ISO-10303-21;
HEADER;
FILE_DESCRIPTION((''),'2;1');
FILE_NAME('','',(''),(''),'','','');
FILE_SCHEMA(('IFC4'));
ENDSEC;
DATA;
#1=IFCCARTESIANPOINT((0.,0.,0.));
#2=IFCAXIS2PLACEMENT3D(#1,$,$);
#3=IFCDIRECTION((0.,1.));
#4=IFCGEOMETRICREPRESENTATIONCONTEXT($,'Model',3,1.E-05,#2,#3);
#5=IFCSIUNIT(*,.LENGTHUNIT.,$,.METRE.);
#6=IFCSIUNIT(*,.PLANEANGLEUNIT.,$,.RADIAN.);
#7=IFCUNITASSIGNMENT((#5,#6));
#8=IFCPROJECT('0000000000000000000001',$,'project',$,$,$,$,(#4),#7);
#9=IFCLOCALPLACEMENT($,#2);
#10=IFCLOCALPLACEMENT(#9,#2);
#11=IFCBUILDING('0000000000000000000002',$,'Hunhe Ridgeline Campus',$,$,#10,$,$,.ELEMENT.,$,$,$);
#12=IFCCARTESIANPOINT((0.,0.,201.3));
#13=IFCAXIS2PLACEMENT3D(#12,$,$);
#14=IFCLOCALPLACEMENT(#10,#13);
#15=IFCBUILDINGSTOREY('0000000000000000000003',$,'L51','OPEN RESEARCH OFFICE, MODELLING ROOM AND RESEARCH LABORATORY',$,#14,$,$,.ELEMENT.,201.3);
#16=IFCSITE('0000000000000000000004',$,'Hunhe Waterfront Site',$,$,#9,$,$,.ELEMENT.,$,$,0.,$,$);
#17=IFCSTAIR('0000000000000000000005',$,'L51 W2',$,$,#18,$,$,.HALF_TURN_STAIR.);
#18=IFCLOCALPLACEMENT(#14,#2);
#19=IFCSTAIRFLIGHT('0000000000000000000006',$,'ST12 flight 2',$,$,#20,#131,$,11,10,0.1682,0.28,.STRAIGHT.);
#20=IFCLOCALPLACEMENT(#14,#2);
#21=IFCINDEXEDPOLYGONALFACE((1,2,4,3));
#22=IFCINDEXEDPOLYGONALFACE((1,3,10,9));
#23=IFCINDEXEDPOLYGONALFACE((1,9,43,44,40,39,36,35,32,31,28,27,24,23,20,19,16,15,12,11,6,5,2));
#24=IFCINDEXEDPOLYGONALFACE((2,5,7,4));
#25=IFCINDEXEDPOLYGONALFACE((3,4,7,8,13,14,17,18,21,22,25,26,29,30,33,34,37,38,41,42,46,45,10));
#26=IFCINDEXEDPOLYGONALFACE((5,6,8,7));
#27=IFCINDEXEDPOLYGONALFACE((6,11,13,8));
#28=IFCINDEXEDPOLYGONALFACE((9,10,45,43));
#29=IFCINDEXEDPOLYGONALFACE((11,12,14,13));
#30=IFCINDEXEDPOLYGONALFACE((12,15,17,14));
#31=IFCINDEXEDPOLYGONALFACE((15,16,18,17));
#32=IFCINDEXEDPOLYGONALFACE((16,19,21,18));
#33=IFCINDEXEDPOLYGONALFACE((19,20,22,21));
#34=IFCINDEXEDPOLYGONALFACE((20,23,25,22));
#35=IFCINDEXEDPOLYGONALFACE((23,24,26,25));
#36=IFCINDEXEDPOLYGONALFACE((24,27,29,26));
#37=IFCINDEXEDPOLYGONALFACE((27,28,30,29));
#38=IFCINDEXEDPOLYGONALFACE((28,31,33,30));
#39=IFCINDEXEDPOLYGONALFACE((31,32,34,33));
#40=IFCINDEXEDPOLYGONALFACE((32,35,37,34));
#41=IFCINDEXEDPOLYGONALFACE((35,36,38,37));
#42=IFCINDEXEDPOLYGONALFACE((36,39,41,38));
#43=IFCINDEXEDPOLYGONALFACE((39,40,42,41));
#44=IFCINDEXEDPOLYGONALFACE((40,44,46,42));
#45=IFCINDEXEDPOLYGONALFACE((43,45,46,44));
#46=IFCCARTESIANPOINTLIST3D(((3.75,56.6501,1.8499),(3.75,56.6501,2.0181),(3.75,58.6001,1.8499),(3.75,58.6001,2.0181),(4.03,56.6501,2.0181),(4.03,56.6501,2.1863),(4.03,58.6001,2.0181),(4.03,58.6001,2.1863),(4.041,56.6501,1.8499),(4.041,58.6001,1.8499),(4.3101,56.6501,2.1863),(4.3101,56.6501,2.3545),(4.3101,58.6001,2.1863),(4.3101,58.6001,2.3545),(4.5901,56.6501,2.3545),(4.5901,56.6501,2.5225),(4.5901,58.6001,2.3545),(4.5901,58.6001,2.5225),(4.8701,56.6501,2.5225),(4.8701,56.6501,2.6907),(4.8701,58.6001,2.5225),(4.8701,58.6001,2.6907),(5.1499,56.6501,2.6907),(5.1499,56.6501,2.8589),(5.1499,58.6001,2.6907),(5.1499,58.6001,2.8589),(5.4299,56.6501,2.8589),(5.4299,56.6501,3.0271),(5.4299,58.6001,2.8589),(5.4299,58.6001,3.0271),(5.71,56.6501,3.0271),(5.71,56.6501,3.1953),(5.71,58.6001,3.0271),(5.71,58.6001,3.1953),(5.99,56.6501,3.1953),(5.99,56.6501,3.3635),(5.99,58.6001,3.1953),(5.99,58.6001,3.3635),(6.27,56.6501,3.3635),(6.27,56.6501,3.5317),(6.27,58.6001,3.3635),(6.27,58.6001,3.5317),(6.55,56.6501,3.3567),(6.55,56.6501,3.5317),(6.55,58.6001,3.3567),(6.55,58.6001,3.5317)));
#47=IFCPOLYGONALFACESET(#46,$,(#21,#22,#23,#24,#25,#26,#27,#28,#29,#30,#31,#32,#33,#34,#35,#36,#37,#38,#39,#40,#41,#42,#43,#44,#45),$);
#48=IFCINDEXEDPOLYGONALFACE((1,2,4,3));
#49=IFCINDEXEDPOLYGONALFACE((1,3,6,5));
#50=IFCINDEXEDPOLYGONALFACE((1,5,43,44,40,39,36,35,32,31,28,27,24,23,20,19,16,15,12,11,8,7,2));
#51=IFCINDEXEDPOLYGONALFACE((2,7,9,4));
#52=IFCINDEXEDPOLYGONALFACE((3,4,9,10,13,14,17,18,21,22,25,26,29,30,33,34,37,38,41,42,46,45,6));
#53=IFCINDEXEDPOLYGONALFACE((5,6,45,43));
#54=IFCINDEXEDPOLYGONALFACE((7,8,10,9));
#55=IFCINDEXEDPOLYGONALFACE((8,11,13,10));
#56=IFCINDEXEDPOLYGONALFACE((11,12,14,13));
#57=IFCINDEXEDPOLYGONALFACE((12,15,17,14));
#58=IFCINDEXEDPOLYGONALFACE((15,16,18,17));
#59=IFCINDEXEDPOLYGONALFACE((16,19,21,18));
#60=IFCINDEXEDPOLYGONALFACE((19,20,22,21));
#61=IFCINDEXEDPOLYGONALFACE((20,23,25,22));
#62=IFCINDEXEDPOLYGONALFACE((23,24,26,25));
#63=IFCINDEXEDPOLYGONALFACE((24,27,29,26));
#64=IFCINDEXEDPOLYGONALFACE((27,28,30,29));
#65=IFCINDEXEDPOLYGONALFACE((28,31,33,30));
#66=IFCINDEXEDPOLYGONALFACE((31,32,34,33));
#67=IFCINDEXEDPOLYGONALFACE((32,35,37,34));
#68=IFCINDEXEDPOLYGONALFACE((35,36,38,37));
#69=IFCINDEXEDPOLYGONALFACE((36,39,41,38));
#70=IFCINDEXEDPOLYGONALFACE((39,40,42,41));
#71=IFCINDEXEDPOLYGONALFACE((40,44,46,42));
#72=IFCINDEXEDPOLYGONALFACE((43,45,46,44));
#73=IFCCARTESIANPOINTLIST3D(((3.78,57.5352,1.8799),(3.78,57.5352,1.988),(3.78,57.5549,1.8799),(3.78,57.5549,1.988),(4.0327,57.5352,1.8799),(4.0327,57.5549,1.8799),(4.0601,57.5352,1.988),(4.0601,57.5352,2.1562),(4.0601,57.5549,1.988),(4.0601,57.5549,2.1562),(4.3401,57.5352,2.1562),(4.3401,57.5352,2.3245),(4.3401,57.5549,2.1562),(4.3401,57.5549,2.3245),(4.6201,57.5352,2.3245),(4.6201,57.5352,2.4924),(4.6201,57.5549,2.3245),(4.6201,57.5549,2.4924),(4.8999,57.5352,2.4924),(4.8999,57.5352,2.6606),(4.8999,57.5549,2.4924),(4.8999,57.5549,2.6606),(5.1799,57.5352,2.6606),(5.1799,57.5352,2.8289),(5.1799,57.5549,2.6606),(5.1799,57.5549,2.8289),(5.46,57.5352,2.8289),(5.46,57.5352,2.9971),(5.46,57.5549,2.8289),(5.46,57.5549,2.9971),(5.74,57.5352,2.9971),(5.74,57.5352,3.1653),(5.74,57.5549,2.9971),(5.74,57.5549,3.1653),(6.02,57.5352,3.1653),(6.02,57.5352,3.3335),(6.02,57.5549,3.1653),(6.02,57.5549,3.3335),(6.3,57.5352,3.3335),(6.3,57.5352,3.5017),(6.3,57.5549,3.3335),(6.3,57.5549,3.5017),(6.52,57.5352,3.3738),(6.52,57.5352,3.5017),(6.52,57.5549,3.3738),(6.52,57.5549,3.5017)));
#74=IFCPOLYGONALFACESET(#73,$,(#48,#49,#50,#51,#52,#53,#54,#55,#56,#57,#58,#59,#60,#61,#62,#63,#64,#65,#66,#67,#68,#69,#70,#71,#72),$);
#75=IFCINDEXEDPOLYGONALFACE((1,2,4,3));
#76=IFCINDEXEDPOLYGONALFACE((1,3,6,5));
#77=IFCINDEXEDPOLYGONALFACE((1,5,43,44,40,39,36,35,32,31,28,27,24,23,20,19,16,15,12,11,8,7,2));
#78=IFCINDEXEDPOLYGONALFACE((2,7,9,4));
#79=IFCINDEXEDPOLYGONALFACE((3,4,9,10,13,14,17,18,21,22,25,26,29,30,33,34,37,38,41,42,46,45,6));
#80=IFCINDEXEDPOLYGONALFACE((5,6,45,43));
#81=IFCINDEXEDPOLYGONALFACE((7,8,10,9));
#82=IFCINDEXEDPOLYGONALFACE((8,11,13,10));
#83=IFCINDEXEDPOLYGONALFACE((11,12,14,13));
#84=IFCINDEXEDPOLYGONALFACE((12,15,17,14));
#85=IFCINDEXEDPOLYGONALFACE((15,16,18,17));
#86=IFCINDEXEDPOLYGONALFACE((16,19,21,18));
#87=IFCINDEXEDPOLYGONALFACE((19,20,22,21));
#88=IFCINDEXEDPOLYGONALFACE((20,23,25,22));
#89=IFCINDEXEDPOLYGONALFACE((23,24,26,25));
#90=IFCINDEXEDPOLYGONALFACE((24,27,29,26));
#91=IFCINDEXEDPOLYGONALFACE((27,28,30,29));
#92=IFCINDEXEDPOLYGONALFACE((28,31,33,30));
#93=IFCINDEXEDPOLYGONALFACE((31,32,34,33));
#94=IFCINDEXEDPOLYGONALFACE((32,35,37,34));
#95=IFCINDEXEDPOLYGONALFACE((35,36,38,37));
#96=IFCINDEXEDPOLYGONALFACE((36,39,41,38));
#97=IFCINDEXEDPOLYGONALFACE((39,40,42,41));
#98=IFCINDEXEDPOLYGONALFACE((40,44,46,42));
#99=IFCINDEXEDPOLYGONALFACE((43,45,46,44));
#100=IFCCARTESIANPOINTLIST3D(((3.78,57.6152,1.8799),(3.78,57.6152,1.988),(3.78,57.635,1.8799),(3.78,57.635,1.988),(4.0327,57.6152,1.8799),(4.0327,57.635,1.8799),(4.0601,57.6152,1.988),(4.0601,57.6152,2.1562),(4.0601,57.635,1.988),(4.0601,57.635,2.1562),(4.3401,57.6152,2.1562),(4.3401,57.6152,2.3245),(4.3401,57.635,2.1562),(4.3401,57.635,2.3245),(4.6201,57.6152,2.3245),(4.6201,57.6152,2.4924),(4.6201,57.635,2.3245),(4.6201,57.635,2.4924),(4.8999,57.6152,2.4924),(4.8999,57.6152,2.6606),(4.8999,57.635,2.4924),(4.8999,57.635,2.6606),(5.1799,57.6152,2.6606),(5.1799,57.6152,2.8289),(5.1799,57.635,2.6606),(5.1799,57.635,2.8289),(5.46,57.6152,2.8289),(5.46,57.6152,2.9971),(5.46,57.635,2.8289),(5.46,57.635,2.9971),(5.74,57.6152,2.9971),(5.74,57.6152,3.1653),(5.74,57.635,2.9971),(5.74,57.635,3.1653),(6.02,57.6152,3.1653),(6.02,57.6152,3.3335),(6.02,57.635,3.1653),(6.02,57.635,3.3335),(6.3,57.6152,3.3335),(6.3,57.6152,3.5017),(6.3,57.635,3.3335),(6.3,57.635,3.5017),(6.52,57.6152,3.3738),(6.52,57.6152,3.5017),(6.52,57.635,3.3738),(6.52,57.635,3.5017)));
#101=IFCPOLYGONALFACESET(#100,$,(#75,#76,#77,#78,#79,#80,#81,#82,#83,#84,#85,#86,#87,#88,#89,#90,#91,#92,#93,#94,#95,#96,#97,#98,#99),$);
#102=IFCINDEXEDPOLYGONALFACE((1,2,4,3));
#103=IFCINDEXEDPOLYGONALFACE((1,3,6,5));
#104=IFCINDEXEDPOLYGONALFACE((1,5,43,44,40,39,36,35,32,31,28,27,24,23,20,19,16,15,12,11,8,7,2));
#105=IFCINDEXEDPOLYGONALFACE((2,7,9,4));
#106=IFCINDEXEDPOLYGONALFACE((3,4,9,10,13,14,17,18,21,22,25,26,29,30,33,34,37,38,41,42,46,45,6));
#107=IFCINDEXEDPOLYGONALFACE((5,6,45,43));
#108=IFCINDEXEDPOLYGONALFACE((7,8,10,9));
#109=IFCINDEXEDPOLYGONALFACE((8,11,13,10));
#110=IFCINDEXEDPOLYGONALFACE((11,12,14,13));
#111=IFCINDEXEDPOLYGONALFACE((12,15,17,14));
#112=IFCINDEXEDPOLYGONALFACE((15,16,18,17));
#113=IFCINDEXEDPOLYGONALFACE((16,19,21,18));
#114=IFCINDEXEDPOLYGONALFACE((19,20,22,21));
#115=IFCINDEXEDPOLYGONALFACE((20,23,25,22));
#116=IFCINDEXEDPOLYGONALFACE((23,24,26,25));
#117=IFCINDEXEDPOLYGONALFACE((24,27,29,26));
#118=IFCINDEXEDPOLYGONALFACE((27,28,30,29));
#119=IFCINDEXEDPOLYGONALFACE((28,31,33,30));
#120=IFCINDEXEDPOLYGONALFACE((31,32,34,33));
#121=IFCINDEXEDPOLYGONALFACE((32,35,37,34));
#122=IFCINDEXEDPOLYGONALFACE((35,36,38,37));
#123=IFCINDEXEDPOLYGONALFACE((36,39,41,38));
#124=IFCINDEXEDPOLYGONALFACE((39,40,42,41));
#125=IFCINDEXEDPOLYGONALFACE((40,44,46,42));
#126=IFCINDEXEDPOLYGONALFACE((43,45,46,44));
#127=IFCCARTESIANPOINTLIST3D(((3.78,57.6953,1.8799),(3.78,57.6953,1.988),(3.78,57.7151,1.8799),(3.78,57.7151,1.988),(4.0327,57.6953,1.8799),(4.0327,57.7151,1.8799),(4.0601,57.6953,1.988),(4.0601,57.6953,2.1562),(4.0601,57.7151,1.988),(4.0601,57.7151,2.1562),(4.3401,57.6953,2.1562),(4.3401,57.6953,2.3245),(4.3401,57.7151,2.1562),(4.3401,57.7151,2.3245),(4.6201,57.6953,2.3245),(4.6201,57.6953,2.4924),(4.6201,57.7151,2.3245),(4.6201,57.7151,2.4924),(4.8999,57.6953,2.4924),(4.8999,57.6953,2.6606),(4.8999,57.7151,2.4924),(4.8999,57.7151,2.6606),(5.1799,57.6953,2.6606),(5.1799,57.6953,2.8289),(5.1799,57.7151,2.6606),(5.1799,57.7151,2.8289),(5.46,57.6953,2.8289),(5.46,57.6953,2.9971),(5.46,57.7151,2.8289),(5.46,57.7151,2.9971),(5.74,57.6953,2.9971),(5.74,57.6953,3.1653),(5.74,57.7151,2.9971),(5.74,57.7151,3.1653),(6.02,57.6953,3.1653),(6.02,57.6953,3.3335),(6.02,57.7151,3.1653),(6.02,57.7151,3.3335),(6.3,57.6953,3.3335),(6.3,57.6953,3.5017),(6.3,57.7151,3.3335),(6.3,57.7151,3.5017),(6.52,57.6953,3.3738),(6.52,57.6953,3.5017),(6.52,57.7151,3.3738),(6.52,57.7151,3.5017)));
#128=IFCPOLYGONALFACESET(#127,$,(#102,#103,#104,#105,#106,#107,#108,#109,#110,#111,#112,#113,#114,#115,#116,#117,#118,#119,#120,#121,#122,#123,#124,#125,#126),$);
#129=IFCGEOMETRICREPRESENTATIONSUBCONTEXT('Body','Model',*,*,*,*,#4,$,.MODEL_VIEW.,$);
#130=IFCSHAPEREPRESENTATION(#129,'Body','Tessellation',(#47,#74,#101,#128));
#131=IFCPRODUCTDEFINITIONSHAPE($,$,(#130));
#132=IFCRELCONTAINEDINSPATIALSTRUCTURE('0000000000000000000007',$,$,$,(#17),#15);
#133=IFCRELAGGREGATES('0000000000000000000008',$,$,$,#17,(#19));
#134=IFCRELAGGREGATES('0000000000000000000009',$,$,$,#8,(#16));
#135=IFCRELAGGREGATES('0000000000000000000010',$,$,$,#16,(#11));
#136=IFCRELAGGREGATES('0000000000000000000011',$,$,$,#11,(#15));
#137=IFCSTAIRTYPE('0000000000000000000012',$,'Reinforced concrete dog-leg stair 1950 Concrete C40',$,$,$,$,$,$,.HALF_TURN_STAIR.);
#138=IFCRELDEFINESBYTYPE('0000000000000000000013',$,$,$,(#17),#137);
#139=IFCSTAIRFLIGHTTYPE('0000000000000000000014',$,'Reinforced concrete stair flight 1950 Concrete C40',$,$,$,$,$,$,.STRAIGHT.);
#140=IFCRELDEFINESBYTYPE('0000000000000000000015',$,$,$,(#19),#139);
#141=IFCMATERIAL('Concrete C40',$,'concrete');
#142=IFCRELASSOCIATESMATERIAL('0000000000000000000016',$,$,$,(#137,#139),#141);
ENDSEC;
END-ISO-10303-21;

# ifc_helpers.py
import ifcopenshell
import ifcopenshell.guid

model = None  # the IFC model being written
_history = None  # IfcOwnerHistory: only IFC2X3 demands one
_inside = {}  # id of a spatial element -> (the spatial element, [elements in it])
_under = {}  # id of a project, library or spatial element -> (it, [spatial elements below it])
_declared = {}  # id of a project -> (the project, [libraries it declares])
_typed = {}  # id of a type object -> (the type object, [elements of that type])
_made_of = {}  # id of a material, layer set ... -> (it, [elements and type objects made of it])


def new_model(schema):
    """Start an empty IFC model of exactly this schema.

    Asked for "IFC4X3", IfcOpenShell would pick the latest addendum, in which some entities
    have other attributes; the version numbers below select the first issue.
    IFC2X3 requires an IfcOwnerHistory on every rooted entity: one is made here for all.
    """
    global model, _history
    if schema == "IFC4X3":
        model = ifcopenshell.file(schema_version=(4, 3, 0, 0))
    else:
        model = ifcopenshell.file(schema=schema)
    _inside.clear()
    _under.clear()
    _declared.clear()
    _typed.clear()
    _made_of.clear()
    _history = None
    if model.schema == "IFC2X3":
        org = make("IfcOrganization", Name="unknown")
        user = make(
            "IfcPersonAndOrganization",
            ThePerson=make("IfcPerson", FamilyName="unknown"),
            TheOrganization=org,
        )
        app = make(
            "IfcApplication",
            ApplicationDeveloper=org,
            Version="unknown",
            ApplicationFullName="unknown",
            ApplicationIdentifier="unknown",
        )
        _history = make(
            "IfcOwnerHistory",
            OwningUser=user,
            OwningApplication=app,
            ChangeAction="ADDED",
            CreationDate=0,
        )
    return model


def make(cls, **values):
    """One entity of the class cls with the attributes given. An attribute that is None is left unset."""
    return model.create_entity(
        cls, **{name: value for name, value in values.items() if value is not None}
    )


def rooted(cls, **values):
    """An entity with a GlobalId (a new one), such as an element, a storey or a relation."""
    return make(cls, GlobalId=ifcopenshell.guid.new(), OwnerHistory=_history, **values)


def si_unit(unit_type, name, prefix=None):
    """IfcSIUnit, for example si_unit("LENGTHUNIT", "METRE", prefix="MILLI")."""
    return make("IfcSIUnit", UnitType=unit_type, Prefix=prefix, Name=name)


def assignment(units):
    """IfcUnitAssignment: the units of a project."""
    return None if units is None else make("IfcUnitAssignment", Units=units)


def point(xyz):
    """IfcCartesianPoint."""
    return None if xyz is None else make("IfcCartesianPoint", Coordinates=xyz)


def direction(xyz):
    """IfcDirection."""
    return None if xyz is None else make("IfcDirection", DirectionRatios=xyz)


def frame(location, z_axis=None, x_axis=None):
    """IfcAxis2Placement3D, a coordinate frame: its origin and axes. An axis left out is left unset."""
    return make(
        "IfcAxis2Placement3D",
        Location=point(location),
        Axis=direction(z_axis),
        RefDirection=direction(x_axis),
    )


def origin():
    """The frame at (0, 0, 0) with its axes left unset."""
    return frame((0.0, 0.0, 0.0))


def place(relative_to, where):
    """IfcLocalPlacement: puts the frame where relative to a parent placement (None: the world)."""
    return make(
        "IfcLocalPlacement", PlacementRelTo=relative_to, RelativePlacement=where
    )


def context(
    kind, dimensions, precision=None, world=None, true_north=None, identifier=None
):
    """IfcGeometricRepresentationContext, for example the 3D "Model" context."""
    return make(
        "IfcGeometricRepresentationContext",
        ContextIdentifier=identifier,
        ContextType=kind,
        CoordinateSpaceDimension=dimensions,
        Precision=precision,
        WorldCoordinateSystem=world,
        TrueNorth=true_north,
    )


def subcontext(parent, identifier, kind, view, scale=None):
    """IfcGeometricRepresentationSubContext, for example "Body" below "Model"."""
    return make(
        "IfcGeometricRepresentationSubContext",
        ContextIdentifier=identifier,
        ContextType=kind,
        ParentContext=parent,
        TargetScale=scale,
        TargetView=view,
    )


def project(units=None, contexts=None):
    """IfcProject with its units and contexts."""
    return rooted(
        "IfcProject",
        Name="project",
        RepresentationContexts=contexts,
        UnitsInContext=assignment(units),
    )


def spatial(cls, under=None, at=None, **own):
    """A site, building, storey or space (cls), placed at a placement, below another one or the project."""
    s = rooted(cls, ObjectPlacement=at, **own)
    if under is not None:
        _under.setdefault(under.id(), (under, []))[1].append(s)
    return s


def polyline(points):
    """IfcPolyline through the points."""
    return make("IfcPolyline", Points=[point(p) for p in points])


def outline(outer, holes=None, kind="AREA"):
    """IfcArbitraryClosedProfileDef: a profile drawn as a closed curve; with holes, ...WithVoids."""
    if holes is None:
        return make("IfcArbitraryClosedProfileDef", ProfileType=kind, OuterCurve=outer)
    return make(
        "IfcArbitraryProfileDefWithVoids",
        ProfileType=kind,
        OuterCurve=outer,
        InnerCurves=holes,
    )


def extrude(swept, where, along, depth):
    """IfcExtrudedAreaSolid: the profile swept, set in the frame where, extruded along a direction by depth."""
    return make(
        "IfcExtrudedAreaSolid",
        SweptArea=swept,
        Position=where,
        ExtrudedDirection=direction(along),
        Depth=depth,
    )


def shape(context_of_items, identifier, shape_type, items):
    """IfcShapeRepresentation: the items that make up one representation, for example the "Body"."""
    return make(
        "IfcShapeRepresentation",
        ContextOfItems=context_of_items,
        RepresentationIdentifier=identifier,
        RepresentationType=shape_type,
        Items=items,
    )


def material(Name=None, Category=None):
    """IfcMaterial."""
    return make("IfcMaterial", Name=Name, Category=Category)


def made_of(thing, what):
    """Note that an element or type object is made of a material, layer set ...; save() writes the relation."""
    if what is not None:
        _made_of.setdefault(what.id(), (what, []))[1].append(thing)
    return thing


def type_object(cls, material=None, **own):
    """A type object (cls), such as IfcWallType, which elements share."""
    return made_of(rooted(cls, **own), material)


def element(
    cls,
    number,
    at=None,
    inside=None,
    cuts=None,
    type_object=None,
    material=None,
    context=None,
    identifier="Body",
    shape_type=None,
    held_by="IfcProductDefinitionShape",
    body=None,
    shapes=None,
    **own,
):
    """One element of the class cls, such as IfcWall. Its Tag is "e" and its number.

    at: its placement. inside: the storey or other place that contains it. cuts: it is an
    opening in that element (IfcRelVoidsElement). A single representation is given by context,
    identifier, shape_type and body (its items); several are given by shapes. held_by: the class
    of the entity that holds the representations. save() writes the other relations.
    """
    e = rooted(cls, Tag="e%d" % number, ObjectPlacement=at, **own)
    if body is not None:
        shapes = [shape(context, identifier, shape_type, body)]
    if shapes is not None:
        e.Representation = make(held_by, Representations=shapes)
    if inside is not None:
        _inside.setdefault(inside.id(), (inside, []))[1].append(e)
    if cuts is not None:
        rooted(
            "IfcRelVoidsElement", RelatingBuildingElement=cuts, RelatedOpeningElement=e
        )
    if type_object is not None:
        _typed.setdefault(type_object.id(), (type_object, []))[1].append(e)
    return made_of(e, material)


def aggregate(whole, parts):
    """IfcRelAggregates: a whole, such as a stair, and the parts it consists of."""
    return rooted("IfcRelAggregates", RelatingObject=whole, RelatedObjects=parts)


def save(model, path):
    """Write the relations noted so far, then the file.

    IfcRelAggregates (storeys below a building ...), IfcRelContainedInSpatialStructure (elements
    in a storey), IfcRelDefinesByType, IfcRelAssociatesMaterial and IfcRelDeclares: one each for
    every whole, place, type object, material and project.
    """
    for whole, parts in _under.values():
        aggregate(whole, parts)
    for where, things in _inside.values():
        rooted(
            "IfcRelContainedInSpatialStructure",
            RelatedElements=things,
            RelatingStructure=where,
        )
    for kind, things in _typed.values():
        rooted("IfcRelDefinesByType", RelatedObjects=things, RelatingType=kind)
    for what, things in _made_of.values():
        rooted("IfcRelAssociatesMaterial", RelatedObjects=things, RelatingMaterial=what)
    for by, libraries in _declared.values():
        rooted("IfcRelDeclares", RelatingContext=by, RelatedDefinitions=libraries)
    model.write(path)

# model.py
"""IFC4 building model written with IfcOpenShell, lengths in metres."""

from ifc_helpers import new_model, si_unit, direction, frame, origin, place, context, subcontext, project, spatial, polyline, outline, extrude, material, type_object, element, aggregate, save


model = new_model("IFC4")

# Units and contexts
model_context = context("Model", 3, precision=1e-05, world=origin(), true_north=direction((0.0, 1.0)))
body_context = subcontext(model_context, "Body", "Model", "MODEL_VIEW")
ifc_project = project(units=[si_unit("LENGTHUNIT", "METRE"), si_unit("PLANEANGLEUNIT", "RADIAN")], contexts=[model_context])

# Site, building, storey
site_placement = place(None, origin())
site = spatial("IfcSite", under=ifc_project, at=site_placement, Name="Hunhe Waterfront Site", CompositionType="ELEMENT", RefElevation=0.0)
building_placement = place(site_placement, origin())
building = spatial("IfcBuilding", under=site, at=building_placement, Name="Hunhe Ridgeline Campus", CompositionType="ELEMENT")
storey_placement = place(building_placement, frame((0.0, 0.0, 201.3)))
storey = spatial("IfcBuildingStorey", under=building, at=storey_placement, Name="L51", Description="OPEN RESEARCH OFFICE, MODELLING ROOM AND RESEARCH LABORATORY", CompositionType="ELEMENT", Elevation=201.3)

# Shared definitions
ifc_material_1 = material(Name="Concrete C40", Category="concrete")
stair_type = type_object("IfcStairType", Name="Reinforced concrete dog-leg stair 1950 Concrete C40", PredefinedType="HALF_TURN_STAIR", material=ifc_material_1)
stair_flight_type = type_object("IfcStairFlightType", Name="Reinforced concrete stair flight 1950 Concrete C40", PredefinedType="STRAIGHT", material=ifc_material_1)

# Stair, stair flight
stair_1_placement = place(storey_placement, origin())
stair_1 = element("IfcStair", 1, at=stair_1_placement, inside=storey, type_object=stair_type, Name="L51 W2", PredefinedType="HALF_TURN_STAIR")
stair_flight_1_placement = place(storey_placement, frame((3.75, 57.625, 1.8499), z_axis=(0.0, 0.0, 1.0), x_axis=(1.0, 0.0, 0.0)))
stair_flight_1 = element("IfcStairFlight", 2, at=stair_flight_1_placement, type_object=stair_flight_type, Name="ST12 flight 2", NumberOfRisers=11, NumberOfTreads=10, PredefinedType="STRAIGHT", RiserHeight=0.1682, TreadLength=0.28, context=body_context, shape_type="SweptSolid", body=[
    extrude(outline(polyline([(0.0, 0.0), (0.0, 0.1682), (0.28, 0.1682), (0.28, 0.3364), (0.5601, 0.3364), (0.5601, 0.5046), (0.8401, 0.5046), (0.8401, 0.6726), (1.1201, 0.6726), (1.1201, 0.8408), (1.3999, 0.8408), (1.3999, 1.009), (1.6799, 1.009), (1.6799, 1.1772), (1.96, 1.1772), (1.96, 1.3455), (2.24, 1.3455), (2.24, 1.5137), (2.52, 1.5137), (2.52, 1.6819), (2.8, 1.6819), (2.8, 1.8501), (2.8, 1.5068), (0.291, 0.0), (0.0, 0.0)])), frame((0.0, 0.9751, 0.0), z_axis=(0.0, -1.0, 0.0), x_axis=(1.0, 0.0, 0.0)), (0.0, 0.0, 1.0), 1.95),
    extrude(outline(polyline([(0.03, 0.03), (0.03, 0.1382), (0.3101, 0.1382), (0.3101, 0.3064), (0.5901, 0.3064), (0.5901, 0.4746), (0.8701, 0.4746), (0.8701, 0.6426), (1.1499, 0.6426), (1.1499, 0.8108), (1.4299, 0.8108), (1.4299, 0.979), (1.71, 0.979), (1.71, 1.1472), (1.99, 1.1472), (1.99, 1.3154), (2.27, 1.3154), (2.27, 1.4836), (2.55, 1.4836), (2.55, 1.6519), (2.77, 1.6519), (2.77, 1.5239), (0.2827, 0.03), (0.03, 0.03)])), frame((0.0, -0.0701, 0.0), z_axis=(0.0, -1.0, 0.0), x_axis=(1.0, 0.0, 0.0)), (0.0, 0.0, 1.0), 0.0198),
    extrude(outline(polyline([(0.03, 0.03), (0.03, 0.1382), (0.3101, 0.1382), (0.3101, 0.3064), (0.5901, 0.3064), (0.5901, 0.4746), (0.8701, 0.4746), (0.8701, 0.6426), (1.1499, 0.6426), (1.1499, 0.8108), (1.4299, 0.8108), (1.4299, 0.979), (1.71, 0.979), (1.71, 1.1472), (1.99, 1.1472), (1.99, 1.3154), (2.27, 1.3154), (2.27, 1.4836), (2.55, 1.4836), (2.55, 1.6519), (2.77, 1.6519), (2.77, 1.5239), (0.2827, 0.03), (0.03, 0.03)])), frame((0.0, 0.01, 0.0), z_axis=(0.0, -1.0, 0.0), x_axis=(1.0, 0.0, 0.0)), (0.0, 0.0, 1.0), 0.0198),
    extrude(outline(polyline([(0.03, 0.03), (0.03, 0.1382), (0.3101, 0.1382), (0.3101, 0.3064), (0.5901, 0.3064), (0.5901, 0.4746), (0.8701, 0.4746), (0.8701, 0.6426), (1.1499, 0.6426), (1.1499, 0.8108), (1.4299, 0.8108), (1.4299, 0.979), (1.71, 0.979), (1.71, 1.1472), (1.99, 1.1472), (1.99, 1.3154), (2.27, 1.3154), (2.27, 1.4836), (2.55, 1.4836), (2.55, 1.6519), (2.77, 1.6519), (2.77, 1.5239), (0.2827, 0.03), (0.03, 0.03)])), frame((0.0, 0.0901, 0.0), z_axis=(0.0, -1.0, 0.0), x_axis=(1.0, 0.0, 0.0)), (0.0, 0.0, 1.0), 0.0198),
])
aggregate(stair_1, [stair_flight_1])

save(model, "model.ifc")
